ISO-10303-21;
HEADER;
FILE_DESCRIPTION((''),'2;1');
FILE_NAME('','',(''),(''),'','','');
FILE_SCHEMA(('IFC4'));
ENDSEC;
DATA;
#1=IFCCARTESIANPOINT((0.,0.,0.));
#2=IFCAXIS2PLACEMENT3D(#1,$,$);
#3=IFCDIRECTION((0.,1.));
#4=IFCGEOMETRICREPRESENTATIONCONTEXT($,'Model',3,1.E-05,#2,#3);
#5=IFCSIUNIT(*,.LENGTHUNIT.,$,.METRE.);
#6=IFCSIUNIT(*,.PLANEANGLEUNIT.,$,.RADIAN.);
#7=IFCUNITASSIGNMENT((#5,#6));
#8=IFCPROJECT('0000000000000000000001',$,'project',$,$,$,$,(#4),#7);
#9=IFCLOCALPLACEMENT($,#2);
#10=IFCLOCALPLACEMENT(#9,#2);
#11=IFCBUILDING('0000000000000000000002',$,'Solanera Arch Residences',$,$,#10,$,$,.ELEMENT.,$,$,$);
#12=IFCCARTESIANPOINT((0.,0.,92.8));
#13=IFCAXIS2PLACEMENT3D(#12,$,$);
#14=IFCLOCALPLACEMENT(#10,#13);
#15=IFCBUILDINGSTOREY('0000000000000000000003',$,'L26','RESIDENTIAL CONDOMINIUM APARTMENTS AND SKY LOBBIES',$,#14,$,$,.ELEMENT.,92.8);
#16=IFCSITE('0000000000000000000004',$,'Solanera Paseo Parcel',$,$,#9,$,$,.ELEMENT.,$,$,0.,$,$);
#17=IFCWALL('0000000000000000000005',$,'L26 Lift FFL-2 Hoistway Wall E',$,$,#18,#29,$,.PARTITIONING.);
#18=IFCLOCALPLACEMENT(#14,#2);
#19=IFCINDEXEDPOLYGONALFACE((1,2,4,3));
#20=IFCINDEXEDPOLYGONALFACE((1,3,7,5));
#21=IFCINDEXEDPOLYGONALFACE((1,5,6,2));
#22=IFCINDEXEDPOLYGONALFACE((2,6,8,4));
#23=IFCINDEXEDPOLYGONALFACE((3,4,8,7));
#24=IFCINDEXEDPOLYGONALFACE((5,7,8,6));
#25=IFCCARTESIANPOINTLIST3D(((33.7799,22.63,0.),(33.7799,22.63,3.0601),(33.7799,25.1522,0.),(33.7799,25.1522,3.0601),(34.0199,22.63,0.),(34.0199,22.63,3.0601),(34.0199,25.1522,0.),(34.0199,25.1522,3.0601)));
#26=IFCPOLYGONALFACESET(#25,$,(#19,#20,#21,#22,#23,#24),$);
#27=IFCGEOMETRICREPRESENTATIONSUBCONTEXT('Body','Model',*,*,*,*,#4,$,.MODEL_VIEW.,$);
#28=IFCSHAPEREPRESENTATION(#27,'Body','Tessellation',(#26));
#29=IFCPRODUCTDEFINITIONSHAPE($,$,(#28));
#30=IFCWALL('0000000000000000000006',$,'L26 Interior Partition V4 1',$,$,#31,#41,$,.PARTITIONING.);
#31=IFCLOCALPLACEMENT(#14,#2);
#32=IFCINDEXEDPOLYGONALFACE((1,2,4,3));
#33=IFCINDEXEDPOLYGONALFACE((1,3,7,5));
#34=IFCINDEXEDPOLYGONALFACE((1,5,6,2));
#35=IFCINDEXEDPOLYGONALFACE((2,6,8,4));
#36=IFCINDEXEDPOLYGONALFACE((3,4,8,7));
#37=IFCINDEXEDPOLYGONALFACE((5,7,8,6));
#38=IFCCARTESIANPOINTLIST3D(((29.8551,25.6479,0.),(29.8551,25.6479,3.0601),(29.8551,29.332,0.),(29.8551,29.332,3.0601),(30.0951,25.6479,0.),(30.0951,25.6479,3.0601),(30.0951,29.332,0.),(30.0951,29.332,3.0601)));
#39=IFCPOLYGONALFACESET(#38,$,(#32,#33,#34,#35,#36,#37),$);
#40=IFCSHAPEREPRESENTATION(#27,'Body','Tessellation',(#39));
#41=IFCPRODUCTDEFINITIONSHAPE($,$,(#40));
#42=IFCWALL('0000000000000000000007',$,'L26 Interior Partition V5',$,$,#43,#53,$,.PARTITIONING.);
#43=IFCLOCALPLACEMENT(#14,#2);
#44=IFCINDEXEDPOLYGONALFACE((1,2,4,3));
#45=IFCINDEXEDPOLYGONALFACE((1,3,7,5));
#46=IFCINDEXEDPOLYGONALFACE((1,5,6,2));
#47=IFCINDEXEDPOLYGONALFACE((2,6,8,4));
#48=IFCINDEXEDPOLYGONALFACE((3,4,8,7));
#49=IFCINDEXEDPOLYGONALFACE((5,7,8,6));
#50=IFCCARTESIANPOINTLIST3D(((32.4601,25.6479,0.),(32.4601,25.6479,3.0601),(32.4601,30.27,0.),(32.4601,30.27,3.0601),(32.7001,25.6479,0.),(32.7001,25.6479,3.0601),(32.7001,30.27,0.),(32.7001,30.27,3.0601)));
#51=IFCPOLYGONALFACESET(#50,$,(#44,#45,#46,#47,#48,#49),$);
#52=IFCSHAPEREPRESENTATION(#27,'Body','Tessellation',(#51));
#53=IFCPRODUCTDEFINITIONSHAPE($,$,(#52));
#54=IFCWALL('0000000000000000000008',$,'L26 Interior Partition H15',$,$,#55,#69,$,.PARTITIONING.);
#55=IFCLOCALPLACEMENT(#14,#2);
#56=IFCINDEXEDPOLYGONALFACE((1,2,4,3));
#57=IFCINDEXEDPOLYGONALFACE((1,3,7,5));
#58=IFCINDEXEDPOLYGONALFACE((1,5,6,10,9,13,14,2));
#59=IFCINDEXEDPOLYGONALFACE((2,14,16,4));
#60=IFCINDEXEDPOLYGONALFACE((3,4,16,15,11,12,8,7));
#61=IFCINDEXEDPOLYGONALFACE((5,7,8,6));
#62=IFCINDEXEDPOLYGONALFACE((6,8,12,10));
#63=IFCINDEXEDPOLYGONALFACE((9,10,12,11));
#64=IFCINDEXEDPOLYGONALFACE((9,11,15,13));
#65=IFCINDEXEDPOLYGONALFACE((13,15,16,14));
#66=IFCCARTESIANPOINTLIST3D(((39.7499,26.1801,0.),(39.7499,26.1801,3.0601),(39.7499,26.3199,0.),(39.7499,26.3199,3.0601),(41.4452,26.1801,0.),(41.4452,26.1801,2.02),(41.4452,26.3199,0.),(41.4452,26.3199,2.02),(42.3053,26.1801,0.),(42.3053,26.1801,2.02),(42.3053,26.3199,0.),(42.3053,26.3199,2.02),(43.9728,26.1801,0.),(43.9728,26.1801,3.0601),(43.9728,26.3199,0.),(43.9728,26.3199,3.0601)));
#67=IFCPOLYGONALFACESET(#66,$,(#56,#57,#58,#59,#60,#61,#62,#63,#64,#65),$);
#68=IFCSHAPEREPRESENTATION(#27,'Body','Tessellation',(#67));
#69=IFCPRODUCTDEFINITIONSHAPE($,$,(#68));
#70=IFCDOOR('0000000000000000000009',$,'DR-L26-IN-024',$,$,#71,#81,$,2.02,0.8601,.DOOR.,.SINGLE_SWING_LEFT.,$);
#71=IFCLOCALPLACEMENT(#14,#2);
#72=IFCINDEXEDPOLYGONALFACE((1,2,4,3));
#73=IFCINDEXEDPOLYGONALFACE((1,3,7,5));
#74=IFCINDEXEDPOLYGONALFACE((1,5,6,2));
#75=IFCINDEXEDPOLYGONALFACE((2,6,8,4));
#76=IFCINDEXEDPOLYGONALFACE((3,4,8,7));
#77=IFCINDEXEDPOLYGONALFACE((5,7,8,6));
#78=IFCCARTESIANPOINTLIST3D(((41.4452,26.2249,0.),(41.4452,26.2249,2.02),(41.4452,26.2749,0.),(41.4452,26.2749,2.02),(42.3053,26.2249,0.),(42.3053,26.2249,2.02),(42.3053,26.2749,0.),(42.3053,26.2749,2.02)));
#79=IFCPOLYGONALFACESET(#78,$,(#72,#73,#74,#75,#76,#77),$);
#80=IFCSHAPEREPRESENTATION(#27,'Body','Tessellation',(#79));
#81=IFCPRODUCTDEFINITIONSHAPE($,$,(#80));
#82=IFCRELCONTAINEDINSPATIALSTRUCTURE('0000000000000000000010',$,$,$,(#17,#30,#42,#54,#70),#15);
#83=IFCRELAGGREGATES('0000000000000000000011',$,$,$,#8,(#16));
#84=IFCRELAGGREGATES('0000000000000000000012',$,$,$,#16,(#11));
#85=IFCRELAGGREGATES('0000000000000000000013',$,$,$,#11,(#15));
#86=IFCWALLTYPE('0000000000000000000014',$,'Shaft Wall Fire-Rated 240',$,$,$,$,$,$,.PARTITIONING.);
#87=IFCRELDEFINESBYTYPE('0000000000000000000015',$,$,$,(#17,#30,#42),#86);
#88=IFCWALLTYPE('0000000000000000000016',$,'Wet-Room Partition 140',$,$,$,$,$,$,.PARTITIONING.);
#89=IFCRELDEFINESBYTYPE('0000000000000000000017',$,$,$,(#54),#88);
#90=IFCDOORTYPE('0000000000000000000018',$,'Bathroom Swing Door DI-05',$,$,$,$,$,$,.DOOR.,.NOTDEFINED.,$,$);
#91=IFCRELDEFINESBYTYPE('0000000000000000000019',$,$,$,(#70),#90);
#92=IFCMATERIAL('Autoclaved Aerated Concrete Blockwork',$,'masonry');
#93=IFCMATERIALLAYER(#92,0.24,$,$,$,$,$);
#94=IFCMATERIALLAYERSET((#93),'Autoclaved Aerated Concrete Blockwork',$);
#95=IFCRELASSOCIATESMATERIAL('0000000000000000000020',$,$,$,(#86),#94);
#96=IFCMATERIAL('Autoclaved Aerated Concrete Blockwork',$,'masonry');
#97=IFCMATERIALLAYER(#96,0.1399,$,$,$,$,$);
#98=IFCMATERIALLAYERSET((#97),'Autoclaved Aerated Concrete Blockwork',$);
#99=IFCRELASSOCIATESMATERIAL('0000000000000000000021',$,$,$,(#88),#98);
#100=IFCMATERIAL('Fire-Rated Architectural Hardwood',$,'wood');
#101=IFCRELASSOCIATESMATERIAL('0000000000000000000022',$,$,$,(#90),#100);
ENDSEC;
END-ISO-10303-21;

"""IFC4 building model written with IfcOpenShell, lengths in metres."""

from ifc_helpers import new_model, si_unit, direction, frame, frame_2d, origin, place, context, subcontext, project, spatial, rectangle, extrude, material, layer, layer_set, type_object, element, fill, save


model = new_model("IFC4")

# Units and contexts
model_context = context("Model", 3, precision=1e-05, world=origin(), true_north=direction((0.0, 1.0)))
body_context = subcontext(model_context, "Body", "Model", "MODEL_VIEW")
ifc_project = project(units=[si_unit("LENGTHUNIT", "METRE"), si_unit("PLANEANGLEUNIT", "RADIAN")], contexts=[model_context])

# Site, building, storey
site_placement = place(None, origin())
site = spatial("IfcSite", under=ifc_project, at=site_placement, Name="Solanera Paseo Parcel", CompositionType="ELEMENT", RefElevation=0.0)
building_placement = place(site_placement, origin())
building = spatial("IfcBuilding", under=site, at=building_placement, Name="Solanera Arch Residences", CompositionType="ELEMENT")
storey_placement = place(building_placement, frame((0.0, 0.0, 92.8)))
storey = spatial("IfcBuildingStorey", under=building, at=storey_placement, Name="L26", Description="RESIDENTIAL CONDOMINIUM APARTMENTS AND SKY LOBBIES", CompositionType="ELEMENT", Elevation=92.8)

# Walls
ifc_material_1 = material(Name="Autoclaved Aerated Concrete Blockwork", Category="masonry")
ifc_layer_1 = layer(ifc_material_1, 0.24)
ifc_layer_set_1 = layer_set([ifc_layer_1], Name="Autoclaved Aerated Concrete Blockwork")
wall_type_1 = type_object("IfcWallType", Name="Shaft Wall Fire-Rated 240", PredefinedType="PARTITIONING", material=ifc_layer_set_1)
wall_1_placement = place(storey_placement, frame((33.8999, 22.6299, 0.0), z_axis=(0.0, 0.0, 1.0), x_axis=(0.0, 1.0, 0.0)))
element("IfcWall", 1, at=wall_1_placement, inside=storey, type_object=wall_type_1, Name="L26 Lift FFL-2 Hoistway Wall E", PredefinedType="PARTITIONING", context=body_context, shape_type="SweptSolid", body=[
    extrude(rectangle(XDim=2.5222, YDim=0.24, at=frame_2d((1.2612, 0.0))), origin(), (0.0, 0.0, 1.0), 3.0601),
])
wall_2_placement = place(storey_placement, frame((29.9751, 25.6479, 0.0), z_axis=(0.0, 0.0, 1.0), x_axis=(0.0, 1.0, 0.0)))
element("IfcWall", 2, at=wall_2_placement, inside=storey, type_object=wall_type_1, Name="L26 Interior Partition V4 1", PredefinedType="PARTITIONING", context=body_context, shape_type="SweptSolid", body=[
    extrude(rectangle(XDim=3.6841, YDim=0.24, at=frame_2d((1.842, 0.0))), origin(), (0.0, 0.0, 1.0), 3.0601),
])

# Wall
wall_3_placement = place(storey_placement, frame((32.5801, 25.6479, 0.0), z_axis=(0.0, 0.0, 1.0), x_axis=(0.0, 1.0, 0.0)))
element("IfcWall", 3, at=wall_3_placement, inside=storey, type_object=wall_type_1, Name="L26 Interior Partition V5", PredefinedType="PARTITIONING", context=body_context, shape_type="SweptSolid", body=[
    extrude(rectangle(XDim=4.6221, YDim=0.24, at=frame_2d((2.311, 0.0))), origin(), (0.0, 0.0, 1.0), 3.0601),
])

# Wall, opening, door
ifc_material_2 = material(Name="Autoclaved Aerated Concrete Blockwork", Category="masonry")
ifc_layer_2 = layer(ifc_material_2, 0.1399)
ifc_layer_set_2 = layer_set([ifc_layer_2], Name="Autoclaved Aerated Concrete Blockwork")
wall_type_2 = type_object("IfcWallType", Name="Wet-Room Partition 140", PredefinedType="PARTITIONING", material=ifc_layer_set_2)
wall_4_placement = place(storey_placement, frame((39.75, 26.25, 0.0), z_axis=(0.0, 0.0, 1.0), x_axis=(1.0, 0.0, 0.0)))
wall_4 = element("IfcWall", 4, at=wall_4_placement, inside=storey, type_object=wall_type_2, Name="L26 Interior Partition H15", PredefinedType="PARTITIONING", context=body_context, shape_type="SweptSolid", body=[
    extrude(rectangle(XDim=4.2229, YDim=0.1399, at=frame_2d((2.1113, 0.0))), origin(), (0.0, 0.0, 1.0), 3.0601),
])
opening_1_placement = place(wall_4_placement, frame((1.6951, 0.0, 0.0)))
opening_1 = element("IfcOpeningElement", 5, at=opening_1_placement, cuts=wall_4, PredefinedType="OPENING", context=body_context, shape_type="SweptSolid", body=[
    extrude(rectangle(XDim=0.8601, YDim=2.02, at=frame_2d((0.4302, 1.01))), frame((0.0, 0.0798, 0.0), z_axis=(0.0, -1.0, 0.0), x_axis=(1.0, 0.0, 0.0)), (0.0, 0.0, 1.0), 0.1599),
])
ifc_material_3 = material(Name="Fire-Rated Architectural Hardwood", Category="wood")
door_type_1 = type_object("IfcDoorType", Name="Bathroom Swing Door DI-05", OperationType="NOTDEFINED", PredefinedType="DOOR", material=ifc_material_3)
door_1_placement = place(opening_1_placement, origin())
door_1 = element("IfcDoor", 6, at=door_1_placement, inside=storey, type_object=door_type_1, Name="DR-L26-IN-024", OperationType="SINGLE_SWING_LEFT", OverallHeight=2.02, OverallWidth=0.8601, PredefinedType="DOOR", context=body_context, shape_type="SweptSolid", body=[
    extrude(rectangle(XDim=0.8601, YDim=2.02, at=frame_2d((0.4302, 1.01))), frame((0.0, 0.0249, 0.0), z_axis=(0.0, -1.0, 0.0), x_axis=(1.0, 0.0, 0.0)), (0.0, 0.0, 1.0), 0.05),
])
fill(opening_1, door_1)

save(model, "model.ifc")
